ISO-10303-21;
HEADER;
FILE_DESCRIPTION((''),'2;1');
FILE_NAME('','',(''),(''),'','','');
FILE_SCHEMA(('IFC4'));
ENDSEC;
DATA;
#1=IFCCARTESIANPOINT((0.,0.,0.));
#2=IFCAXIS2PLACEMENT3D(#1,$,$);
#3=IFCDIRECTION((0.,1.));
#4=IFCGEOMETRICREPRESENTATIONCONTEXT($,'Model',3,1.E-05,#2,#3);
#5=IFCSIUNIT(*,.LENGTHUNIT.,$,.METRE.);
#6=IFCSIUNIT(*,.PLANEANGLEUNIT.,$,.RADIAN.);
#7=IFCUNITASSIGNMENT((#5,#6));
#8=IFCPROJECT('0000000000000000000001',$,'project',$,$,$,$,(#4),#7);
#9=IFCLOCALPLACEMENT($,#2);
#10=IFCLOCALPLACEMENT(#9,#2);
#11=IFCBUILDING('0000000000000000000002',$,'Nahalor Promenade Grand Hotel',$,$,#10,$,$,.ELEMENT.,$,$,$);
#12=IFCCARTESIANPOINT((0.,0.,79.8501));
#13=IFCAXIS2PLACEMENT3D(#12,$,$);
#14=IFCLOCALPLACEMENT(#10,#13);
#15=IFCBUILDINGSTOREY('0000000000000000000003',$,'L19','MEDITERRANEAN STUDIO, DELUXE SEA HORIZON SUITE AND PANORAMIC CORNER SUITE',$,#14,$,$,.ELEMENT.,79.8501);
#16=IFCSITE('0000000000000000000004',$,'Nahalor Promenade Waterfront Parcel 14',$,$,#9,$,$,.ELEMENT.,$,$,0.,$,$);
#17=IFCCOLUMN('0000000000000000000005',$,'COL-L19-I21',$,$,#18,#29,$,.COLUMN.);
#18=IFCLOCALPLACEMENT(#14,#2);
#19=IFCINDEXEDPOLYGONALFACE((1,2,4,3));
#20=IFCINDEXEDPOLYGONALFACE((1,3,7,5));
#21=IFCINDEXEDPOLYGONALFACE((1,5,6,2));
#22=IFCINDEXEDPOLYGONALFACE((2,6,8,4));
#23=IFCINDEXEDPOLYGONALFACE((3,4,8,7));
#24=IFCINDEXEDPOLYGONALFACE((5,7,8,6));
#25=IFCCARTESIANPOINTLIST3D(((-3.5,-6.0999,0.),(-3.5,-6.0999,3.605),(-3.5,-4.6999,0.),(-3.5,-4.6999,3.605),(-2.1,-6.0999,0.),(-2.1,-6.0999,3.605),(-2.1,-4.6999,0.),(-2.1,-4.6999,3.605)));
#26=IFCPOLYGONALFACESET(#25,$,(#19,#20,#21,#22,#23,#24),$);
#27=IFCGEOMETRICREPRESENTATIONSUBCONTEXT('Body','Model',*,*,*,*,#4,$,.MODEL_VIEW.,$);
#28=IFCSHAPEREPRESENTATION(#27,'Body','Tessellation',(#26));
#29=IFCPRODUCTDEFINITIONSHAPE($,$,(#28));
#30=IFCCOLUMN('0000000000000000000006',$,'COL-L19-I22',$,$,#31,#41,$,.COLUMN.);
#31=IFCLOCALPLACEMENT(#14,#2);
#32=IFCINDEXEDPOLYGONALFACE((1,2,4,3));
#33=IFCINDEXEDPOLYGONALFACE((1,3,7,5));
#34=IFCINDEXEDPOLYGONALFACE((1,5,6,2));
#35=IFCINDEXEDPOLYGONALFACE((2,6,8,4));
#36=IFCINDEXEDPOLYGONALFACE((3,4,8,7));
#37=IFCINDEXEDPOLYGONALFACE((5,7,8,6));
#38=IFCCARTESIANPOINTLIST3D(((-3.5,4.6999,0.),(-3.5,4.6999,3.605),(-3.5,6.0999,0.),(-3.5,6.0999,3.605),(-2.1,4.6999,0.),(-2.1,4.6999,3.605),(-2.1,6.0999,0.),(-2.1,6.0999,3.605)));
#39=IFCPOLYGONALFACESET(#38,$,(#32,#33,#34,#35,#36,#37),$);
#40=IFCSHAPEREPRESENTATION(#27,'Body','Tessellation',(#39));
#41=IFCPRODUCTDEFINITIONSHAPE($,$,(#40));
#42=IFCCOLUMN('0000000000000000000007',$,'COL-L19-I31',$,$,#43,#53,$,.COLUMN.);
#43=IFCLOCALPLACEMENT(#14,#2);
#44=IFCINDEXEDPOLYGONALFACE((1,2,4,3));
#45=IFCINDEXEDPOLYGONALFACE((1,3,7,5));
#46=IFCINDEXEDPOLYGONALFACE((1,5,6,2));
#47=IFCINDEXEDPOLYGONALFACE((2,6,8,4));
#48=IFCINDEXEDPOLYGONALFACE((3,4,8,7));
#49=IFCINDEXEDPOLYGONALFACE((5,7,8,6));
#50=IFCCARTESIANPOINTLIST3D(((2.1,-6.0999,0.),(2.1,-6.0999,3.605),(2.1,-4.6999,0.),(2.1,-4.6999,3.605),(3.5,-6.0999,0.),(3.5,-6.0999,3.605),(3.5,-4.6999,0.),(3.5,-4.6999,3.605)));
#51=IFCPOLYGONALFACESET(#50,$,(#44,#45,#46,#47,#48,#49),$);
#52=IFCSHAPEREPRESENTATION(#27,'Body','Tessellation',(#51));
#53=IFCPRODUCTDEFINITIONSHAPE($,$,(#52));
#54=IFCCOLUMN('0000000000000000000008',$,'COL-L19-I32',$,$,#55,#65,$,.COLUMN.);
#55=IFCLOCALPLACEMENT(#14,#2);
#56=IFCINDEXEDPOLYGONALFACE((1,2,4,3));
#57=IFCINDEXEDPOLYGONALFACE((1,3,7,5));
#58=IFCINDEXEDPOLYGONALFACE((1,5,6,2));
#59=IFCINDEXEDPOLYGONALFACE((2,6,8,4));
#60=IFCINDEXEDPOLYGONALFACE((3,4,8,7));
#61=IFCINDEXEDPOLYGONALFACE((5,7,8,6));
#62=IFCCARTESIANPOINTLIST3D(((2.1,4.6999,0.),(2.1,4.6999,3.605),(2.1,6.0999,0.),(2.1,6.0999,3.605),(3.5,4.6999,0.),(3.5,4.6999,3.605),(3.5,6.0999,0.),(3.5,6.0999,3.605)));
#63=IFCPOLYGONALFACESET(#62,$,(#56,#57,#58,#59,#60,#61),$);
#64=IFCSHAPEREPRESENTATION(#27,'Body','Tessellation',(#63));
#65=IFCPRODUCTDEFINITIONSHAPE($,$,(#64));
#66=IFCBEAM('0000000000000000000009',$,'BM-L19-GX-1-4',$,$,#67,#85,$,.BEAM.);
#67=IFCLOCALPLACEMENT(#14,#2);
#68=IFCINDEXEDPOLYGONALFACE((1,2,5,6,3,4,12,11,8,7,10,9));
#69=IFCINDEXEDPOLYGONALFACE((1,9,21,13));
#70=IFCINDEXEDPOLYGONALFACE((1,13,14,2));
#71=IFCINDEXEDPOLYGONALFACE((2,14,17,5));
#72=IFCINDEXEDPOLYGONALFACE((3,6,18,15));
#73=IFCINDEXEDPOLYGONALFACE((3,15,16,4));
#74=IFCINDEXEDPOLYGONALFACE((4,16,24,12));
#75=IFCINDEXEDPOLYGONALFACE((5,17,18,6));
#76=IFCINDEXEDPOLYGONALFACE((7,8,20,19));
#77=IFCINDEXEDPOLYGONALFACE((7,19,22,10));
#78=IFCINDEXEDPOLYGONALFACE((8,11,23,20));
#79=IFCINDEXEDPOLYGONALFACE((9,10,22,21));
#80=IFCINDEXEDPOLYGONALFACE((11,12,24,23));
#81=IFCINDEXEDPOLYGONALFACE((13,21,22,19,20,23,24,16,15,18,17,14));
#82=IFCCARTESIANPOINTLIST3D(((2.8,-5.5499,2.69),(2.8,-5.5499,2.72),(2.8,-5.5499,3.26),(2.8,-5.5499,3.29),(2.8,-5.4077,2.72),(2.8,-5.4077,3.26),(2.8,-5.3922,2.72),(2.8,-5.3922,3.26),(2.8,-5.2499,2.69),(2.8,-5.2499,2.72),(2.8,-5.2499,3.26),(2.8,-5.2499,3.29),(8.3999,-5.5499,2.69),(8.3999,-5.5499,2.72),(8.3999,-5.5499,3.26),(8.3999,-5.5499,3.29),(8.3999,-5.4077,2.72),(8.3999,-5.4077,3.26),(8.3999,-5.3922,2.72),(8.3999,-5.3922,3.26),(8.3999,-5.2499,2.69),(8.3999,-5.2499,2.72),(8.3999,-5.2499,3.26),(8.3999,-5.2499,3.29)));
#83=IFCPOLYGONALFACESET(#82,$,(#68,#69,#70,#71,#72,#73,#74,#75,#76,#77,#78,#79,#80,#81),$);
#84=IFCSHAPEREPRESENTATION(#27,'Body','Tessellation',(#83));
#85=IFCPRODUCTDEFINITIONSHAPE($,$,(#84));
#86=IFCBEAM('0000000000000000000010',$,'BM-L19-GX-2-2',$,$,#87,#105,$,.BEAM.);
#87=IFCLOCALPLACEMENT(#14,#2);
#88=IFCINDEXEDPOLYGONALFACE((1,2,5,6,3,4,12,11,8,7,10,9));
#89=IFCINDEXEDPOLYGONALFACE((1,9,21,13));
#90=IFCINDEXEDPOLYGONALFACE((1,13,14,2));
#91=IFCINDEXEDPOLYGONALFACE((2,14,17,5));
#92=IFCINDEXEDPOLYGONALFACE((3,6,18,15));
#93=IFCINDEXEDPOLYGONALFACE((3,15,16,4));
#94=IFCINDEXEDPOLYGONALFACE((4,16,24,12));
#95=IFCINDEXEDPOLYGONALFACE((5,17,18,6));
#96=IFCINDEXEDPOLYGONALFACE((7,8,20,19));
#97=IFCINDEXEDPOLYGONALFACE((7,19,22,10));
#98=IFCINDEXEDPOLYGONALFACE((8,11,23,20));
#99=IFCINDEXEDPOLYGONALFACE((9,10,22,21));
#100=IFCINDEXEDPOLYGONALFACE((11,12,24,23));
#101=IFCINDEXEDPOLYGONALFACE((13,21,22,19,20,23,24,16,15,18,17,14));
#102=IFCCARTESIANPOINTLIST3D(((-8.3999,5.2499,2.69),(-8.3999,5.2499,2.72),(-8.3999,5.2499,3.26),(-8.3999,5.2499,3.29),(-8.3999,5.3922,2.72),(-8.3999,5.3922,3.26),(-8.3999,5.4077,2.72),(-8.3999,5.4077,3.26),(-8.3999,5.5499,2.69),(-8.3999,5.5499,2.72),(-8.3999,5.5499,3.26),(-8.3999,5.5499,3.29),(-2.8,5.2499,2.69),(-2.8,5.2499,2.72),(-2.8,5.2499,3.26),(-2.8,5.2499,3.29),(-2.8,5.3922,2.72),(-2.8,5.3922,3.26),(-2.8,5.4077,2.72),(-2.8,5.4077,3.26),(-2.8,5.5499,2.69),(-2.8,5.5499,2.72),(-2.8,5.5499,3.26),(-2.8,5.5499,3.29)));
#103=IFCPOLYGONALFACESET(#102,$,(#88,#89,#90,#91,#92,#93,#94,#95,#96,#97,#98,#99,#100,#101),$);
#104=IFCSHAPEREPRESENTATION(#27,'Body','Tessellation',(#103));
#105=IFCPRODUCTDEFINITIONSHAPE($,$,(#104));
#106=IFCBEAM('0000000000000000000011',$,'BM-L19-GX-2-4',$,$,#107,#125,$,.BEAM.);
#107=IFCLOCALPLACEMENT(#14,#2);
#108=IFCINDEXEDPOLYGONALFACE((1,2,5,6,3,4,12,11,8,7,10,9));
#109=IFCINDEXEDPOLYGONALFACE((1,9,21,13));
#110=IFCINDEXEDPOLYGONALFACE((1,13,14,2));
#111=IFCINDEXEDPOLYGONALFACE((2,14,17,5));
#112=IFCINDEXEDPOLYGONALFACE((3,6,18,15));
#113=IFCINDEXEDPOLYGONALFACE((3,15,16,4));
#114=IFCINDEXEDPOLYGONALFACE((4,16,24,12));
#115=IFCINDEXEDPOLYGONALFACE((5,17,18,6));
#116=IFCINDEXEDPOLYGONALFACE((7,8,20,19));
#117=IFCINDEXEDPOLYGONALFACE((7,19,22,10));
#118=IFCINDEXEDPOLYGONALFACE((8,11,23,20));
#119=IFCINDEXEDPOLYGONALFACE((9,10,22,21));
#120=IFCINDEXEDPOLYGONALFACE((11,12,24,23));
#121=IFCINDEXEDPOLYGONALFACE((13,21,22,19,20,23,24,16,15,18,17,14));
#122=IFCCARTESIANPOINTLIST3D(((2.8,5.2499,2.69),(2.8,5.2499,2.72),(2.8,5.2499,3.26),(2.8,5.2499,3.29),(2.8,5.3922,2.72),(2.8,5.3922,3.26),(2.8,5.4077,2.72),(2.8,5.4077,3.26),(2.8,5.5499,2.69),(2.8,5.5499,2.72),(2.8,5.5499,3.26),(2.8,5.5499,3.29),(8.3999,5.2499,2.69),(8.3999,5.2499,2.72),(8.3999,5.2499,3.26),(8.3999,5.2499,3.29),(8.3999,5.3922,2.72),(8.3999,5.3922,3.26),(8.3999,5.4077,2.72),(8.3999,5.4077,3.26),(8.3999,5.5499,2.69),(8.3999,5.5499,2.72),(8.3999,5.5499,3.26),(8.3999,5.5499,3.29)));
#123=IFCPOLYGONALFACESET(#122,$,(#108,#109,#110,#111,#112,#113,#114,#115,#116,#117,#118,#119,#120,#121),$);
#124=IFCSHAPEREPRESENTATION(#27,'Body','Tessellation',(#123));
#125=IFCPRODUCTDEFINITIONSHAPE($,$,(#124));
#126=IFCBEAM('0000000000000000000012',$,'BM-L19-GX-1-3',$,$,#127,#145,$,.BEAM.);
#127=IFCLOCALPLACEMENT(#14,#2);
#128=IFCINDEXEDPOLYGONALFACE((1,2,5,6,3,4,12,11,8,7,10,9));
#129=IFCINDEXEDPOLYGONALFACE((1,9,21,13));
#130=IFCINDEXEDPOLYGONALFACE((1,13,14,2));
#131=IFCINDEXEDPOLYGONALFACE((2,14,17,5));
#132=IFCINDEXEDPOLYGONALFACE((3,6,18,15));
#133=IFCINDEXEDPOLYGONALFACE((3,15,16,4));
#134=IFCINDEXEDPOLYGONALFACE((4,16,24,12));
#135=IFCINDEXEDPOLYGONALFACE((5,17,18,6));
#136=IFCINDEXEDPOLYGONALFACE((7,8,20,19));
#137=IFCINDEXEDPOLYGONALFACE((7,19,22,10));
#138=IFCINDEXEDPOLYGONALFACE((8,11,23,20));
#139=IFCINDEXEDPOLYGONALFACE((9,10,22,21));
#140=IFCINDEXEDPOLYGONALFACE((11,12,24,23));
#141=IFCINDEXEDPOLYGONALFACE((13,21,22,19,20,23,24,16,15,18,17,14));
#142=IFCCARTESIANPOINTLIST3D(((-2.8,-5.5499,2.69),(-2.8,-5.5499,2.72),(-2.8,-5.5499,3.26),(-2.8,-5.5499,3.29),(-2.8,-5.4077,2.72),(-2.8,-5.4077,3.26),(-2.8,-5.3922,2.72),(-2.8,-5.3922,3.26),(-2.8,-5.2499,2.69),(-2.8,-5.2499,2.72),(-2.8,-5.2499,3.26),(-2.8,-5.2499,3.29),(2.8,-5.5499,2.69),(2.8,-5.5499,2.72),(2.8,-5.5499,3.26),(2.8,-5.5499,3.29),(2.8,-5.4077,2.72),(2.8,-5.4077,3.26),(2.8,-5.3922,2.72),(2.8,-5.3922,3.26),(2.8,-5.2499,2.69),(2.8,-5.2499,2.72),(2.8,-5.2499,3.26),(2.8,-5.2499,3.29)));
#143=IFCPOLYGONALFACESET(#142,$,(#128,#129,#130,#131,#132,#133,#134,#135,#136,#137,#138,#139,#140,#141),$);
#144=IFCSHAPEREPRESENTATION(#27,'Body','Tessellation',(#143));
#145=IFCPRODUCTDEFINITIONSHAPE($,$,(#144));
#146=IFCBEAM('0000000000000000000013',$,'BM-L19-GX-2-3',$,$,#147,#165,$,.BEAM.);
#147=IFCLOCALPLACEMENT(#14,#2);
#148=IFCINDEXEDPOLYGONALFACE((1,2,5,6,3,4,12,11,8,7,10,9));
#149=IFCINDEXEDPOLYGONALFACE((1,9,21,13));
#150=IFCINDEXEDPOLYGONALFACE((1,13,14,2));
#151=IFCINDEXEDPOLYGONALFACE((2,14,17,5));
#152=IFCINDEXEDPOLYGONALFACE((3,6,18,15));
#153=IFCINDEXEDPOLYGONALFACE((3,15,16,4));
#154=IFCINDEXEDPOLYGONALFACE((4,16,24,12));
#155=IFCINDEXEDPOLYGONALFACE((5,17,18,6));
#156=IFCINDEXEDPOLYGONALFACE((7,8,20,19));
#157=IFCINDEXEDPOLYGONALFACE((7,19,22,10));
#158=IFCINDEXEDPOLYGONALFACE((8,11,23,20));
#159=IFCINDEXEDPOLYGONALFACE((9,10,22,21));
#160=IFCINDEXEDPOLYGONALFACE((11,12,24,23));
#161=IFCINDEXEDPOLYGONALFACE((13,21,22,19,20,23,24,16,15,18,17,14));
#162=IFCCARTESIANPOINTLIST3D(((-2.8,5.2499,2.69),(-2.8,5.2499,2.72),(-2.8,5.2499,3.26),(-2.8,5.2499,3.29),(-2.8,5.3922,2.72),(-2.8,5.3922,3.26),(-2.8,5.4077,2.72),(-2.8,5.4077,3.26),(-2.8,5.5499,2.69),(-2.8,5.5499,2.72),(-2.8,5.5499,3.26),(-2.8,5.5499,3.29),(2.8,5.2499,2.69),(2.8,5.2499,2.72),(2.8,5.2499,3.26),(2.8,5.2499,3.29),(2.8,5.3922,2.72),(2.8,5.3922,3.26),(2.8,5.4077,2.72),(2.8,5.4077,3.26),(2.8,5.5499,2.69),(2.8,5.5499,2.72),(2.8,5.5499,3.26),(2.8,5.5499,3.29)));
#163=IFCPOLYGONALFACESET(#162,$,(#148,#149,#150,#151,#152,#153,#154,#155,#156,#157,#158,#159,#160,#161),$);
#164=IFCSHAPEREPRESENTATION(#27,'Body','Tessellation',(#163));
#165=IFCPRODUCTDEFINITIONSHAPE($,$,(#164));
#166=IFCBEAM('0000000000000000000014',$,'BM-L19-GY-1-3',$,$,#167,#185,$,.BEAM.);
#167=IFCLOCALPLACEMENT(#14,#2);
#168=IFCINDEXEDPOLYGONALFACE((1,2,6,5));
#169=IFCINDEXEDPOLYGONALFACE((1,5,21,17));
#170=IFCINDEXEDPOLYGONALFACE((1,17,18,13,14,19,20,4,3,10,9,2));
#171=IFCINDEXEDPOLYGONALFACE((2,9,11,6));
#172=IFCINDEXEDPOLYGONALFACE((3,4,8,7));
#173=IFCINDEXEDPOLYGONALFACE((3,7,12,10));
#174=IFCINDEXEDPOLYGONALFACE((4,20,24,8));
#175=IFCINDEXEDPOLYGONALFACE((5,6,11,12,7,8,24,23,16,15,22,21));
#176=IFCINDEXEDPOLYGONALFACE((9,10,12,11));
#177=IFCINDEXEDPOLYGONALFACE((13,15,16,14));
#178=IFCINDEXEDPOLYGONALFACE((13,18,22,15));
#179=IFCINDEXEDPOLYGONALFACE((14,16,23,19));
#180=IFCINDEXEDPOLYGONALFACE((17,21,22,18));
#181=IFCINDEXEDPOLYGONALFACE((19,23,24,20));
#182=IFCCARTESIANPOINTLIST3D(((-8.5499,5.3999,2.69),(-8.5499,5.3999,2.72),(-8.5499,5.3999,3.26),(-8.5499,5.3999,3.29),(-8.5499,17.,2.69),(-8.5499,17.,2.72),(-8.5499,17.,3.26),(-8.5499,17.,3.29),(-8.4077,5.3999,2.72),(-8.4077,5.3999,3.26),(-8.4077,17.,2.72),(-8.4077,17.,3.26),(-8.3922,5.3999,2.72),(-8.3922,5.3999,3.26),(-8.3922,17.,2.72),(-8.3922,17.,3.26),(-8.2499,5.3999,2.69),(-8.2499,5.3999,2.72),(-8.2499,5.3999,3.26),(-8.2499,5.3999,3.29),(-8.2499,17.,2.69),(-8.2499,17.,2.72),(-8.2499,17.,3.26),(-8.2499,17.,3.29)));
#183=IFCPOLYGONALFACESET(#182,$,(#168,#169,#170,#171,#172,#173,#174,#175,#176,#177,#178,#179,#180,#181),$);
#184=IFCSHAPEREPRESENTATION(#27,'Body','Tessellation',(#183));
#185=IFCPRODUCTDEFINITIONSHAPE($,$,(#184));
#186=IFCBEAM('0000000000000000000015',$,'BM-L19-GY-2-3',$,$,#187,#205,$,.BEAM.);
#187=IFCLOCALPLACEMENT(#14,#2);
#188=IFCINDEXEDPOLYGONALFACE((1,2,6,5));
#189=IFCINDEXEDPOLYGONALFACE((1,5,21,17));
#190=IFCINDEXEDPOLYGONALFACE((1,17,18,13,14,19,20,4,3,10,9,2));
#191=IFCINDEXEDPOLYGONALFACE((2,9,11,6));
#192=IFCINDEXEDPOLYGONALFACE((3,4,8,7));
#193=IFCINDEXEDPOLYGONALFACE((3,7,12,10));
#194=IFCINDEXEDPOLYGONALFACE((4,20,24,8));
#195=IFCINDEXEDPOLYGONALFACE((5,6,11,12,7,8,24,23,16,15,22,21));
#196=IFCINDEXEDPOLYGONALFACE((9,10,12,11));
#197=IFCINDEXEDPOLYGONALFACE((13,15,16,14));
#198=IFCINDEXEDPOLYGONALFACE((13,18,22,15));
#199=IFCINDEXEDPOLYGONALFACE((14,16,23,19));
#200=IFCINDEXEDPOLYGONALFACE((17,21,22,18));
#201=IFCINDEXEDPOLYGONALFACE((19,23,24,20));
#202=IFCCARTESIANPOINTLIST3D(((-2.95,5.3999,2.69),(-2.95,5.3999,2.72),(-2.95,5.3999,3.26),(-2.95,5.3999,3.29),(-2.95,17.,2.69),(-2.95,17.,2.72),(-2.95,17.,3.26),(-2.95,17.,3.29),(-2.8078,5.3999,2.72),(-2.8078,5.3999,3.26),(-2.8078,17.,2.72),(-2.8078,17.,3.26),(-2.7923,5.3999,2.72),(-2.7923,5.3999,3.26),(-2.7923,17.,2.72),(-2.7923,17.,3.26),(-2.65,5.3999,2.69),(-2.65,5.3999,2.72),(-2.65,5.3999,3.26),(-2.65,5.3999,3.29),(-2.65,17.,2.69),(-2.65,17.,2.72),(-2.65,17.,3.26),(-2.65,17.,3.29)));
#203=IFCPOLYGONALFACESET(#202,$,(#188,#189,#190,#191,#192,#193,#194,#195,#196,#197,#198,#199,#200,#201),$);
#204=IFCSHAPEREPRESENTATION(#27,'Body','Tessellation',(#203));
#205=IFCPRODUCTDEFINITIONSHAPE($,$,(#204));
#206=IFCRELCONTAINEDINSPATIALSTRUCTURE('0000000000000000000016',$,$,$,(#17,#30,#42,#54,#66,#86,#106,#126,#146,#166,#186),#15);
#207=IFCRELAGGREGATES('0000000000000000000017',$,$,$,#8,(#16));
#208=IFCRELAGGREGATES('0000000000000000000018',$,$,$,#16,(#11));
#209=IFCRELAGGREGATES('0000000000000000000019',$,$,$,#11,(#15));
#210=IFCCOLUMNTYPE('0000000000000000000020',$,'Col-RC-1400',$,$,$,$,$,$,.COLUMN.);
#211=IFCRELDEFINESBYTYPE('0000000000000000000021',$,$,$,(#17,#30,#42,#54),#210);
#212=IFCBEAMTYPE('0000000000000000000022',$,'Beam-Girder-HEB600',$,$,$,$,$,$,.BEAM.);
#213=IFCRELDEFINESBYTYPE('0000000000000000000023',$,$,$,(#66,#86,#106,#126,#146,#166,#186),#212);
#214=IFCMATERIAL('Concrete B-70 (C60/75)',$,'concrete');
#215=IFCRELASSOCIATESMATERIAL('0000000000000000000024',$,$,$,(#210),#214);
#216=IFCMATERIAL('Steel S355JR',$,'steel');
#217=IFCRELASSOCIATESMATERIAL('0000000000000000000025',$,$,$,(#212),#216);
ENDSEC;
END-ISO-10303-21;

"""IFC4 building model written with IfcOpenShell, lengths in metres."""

from ifc_helpers import new_model, si_unit, direction, frame, origin, origin_2d, place, context, subcontext, project, spatial, rectangle, i_section, extrude, source, transform, mapped, material, material_profile, profile_set, type_object, element, save


model = new_model("IFC4")

# Units and contexts
model_context = context("Model", 3, precision=1e-05, world=origin(), true_north=direction((0.0, 1.0)))
body_context = subcontext(model_context, "Body", "Model", "MODEL_VIEW")
ifc_project = project(units=[si_unit("LENGTHUNIT", "METRE"), si_unit("PLANEANGLEUNIT", "RADIAN")], contexts=[model_context])

# Site, building, storey
site_placement = place(None, origin())
site = spatial("IfcSite", under=ifc_project, at=site_placement, Name="Nahalor Promenade Waterfront Parcel 14", CompositionType="ELEMENT", RefElevation=0.0)
building_placement = place(site_placement, origin())
building = spatial("IfcBuilding", under=site, at=building_placement, Name="Nahalor Promenade Grand Hotel", CompositionType="ELEMENT")
storey_placement = place(building_placement, frame((0.0, 0.0, 79.8501)))
storey = spatial("IfcBuildingStorey", under=building, at=storey_placement, Name="L19", Description="MEDITERRANEAN STUDIO, DELUXE SEA HORIZON SUITE AND PANORAMIC CORNER SUITE", CompositionType="ELEMENT", Elevation=79.8501)

# Columns
ifc_material_1 = material(Name="Concrete B-70 (C60/75)", Category="concrete")
ifc_material_profile_1 = material_profile(ifc_material_1, rectangle(XDim=1.4, YDim=1.4, at=origin_2d()), Name="RC 1400x1400")
ifc_profile_set_1 = profile_set([ifc_material_profile_1], Name="Concrete B-70 (C60/75)")
column_type = type_object("IfcColumnType", Name="Col-RC-1400", PredefinedType="COLUMN", material=ifc_profile_set_1)
shared_shape_1 = source(origin(), body_context, "Body", "SweptSolid", [
    extrude(rectangle(XDim=1.4, YDim=1.4, at=origin_2d()), origin(), (0.0, 0.0, 1.0), 3.605),
])
for number, where, z_axis, x_axis, name in (
    (1, (-2.8, -5.3999, 0.0), (0.0, 0.0, 1.0), (1.0, 0.0, 0.0), "COL-L19-I21"),
    (2, (-2.8, 5.3999, 0.0), (0.0, 0.0, 1.0), (1.0, 0.0, 0.0), "COL-L19-I22"),
    (3, (2.8, -5.3999, 0.0), (0.0, 0.0, 1.0), (1.0, 0.0, 0.0), "COL-L19-I31"),
    (4, (2.8, 5.3999, 0.0), (0.0, 0.0, 1.0), (1.0, 0.0, 0.0), "COL-L19-I32"),
):
    element("IfcColumn", number, at=place(storey_placement, frame(where, z_axis=z_axis, x_axis=x_axis)), inside=storey, type_object=column_type, Name=name, PredefinedType="COLUMN", context=body_context, shape_type="MappedRepresentation", body=[
        mapped(shared_shape_1, transform((0.0, 0.0, 0.0), scale=1.0)),
    ])

# Beams
ifc_material_2 = material(Name="Steel S355JR", Category="steel")
ifc_material_profile_2 = material_profile(ifc_material_2, i_section(OverallWidth=0.3, OverallDepth=0.6, WebThickness=0.0155, FlangeThickness=0.03, at=origin_2d()), Name="HEB 600")
ifc_profile_set_2 = profile_set([ifc_material_profile_2], Name="Steel S355JR")
beam_type = type_object("IfcBeamType", Name="Beam-Girder-HEB600", PredefinedType="BEAM", material=ifc_profile_set_2)
shared_shape_2 = source(origin(), body_context, "Body", "SweptSolid", [
    extrude(i_section(OverallWidth=0.3, OverallDepth=0.6, WebThickness=0.0155, FlangeThickness=0.03, at=origin_2d()), origin(), (0.0, 0.0, 1.0), 5.5999),
])
for number, where, z_axis, x_axis, name in (
    (5, (2.8, -5.3999, 2.99), (1.0, 0.0, 0.0), (0.0, 1.0, 0.0), "BM-L19-GX-1-4"),
    (6, (-8.3999, 5.3999, 2.99), (1.0, 0.0, 0.0), (0.0, 1.0, 0.0), "BM-L19-GX-2-2"),
    (7, (2.8, 5.3999, 2.99), (1.0, 0.0, 0.0), (0.0, 1.0, 0.0), "BM-L19-GX-2-4"),
):
    element("IfcBeam", number, at=place(storey_placement, frame(where, z_axis=z_axis, x_axis=x_axis)), inside=storey, type_object=beam_type, Name=name, PredefinedType="BEAM", context=body_context, shape_type="MappedRepresentation", body=[
        mapped(shared_shape_2, transform((0.0, 0.0, 0.0), scale=1.0)),
    ])
shared_shape_3 = source(origin(), body_context, "Body", "SweptSolid", [
    extrude(i_section(OverallWidth=0.3, OverallDepth=0.6, WebThickness=0.0155, FlangeThickness=0.03, at=origin_2d()), origin(), (0.0, 0.0, 1.0), 5.6001),
])
for number, where, z_axis, x_axis, name in (
    (8, (-2.8, -5.3999, 2.99), (1.0, 0.0, 0.0), (0.0, 1.0, 0.0), "BM-L19-GX-1-3"),
    (9, (-2.8, 5.3999, 2.99), (1.0, 0.0, 0.0), (0.0, 1.0, 0.0), "BM-L19-GX-2-3"),
):
    element("IfcBeam", number, at=place(storey_placement, frame(where, z_axis=z_axis, x_axis=x_axis)), inside=storey, type_object=beam_type, Name=name, PredefinedType="BEAM", context=body_context, shape_type="MappedRepresentation", body=[
        mapped(shared_shape_3, transform((0.0, 0.0, 0.0), scale=1.0)),
    ])
shared_shape_4 = source(origin(), body_context, "Body", "SweptSolid", [
    extrude(i_section(OverallWidth=0.3, OverallDepth=0.6, WebThickness=0.0155, FlangeThickness=0.03, at=origin_2d()), origin(), (0.0, 0.0, 1.0), 11.6001),
])
for number, where, z_axis, x_axis, name in (
    (10, (-8.3999, 5.3999, 2.99), (0.0, 1.0, 0.0), (-1.0, 0.0, 0.0), "BM-L19-GY-1-3"),
    (11, (-2.8, 5.3999, 2.99), (0.0, 1.0, 0.0), (-1.0, 0.0, 0.0), "BM-L19-GY-2-3"),
):
    element("IfcBeam", number, at=place(storey_placement, frame(where, z_axis=z_axis, x_axis=x_axis)), inside=storey, type_object=beam_type, Name=name, PredefinedType="BEAM", context=body_context, shape_type="MappedRepresentation", body=[
        mapped(shared_shape_4, transform((0.0, 0.0, 0.0), scale=1.0)),
    ])

save(model, "model.ifc")
